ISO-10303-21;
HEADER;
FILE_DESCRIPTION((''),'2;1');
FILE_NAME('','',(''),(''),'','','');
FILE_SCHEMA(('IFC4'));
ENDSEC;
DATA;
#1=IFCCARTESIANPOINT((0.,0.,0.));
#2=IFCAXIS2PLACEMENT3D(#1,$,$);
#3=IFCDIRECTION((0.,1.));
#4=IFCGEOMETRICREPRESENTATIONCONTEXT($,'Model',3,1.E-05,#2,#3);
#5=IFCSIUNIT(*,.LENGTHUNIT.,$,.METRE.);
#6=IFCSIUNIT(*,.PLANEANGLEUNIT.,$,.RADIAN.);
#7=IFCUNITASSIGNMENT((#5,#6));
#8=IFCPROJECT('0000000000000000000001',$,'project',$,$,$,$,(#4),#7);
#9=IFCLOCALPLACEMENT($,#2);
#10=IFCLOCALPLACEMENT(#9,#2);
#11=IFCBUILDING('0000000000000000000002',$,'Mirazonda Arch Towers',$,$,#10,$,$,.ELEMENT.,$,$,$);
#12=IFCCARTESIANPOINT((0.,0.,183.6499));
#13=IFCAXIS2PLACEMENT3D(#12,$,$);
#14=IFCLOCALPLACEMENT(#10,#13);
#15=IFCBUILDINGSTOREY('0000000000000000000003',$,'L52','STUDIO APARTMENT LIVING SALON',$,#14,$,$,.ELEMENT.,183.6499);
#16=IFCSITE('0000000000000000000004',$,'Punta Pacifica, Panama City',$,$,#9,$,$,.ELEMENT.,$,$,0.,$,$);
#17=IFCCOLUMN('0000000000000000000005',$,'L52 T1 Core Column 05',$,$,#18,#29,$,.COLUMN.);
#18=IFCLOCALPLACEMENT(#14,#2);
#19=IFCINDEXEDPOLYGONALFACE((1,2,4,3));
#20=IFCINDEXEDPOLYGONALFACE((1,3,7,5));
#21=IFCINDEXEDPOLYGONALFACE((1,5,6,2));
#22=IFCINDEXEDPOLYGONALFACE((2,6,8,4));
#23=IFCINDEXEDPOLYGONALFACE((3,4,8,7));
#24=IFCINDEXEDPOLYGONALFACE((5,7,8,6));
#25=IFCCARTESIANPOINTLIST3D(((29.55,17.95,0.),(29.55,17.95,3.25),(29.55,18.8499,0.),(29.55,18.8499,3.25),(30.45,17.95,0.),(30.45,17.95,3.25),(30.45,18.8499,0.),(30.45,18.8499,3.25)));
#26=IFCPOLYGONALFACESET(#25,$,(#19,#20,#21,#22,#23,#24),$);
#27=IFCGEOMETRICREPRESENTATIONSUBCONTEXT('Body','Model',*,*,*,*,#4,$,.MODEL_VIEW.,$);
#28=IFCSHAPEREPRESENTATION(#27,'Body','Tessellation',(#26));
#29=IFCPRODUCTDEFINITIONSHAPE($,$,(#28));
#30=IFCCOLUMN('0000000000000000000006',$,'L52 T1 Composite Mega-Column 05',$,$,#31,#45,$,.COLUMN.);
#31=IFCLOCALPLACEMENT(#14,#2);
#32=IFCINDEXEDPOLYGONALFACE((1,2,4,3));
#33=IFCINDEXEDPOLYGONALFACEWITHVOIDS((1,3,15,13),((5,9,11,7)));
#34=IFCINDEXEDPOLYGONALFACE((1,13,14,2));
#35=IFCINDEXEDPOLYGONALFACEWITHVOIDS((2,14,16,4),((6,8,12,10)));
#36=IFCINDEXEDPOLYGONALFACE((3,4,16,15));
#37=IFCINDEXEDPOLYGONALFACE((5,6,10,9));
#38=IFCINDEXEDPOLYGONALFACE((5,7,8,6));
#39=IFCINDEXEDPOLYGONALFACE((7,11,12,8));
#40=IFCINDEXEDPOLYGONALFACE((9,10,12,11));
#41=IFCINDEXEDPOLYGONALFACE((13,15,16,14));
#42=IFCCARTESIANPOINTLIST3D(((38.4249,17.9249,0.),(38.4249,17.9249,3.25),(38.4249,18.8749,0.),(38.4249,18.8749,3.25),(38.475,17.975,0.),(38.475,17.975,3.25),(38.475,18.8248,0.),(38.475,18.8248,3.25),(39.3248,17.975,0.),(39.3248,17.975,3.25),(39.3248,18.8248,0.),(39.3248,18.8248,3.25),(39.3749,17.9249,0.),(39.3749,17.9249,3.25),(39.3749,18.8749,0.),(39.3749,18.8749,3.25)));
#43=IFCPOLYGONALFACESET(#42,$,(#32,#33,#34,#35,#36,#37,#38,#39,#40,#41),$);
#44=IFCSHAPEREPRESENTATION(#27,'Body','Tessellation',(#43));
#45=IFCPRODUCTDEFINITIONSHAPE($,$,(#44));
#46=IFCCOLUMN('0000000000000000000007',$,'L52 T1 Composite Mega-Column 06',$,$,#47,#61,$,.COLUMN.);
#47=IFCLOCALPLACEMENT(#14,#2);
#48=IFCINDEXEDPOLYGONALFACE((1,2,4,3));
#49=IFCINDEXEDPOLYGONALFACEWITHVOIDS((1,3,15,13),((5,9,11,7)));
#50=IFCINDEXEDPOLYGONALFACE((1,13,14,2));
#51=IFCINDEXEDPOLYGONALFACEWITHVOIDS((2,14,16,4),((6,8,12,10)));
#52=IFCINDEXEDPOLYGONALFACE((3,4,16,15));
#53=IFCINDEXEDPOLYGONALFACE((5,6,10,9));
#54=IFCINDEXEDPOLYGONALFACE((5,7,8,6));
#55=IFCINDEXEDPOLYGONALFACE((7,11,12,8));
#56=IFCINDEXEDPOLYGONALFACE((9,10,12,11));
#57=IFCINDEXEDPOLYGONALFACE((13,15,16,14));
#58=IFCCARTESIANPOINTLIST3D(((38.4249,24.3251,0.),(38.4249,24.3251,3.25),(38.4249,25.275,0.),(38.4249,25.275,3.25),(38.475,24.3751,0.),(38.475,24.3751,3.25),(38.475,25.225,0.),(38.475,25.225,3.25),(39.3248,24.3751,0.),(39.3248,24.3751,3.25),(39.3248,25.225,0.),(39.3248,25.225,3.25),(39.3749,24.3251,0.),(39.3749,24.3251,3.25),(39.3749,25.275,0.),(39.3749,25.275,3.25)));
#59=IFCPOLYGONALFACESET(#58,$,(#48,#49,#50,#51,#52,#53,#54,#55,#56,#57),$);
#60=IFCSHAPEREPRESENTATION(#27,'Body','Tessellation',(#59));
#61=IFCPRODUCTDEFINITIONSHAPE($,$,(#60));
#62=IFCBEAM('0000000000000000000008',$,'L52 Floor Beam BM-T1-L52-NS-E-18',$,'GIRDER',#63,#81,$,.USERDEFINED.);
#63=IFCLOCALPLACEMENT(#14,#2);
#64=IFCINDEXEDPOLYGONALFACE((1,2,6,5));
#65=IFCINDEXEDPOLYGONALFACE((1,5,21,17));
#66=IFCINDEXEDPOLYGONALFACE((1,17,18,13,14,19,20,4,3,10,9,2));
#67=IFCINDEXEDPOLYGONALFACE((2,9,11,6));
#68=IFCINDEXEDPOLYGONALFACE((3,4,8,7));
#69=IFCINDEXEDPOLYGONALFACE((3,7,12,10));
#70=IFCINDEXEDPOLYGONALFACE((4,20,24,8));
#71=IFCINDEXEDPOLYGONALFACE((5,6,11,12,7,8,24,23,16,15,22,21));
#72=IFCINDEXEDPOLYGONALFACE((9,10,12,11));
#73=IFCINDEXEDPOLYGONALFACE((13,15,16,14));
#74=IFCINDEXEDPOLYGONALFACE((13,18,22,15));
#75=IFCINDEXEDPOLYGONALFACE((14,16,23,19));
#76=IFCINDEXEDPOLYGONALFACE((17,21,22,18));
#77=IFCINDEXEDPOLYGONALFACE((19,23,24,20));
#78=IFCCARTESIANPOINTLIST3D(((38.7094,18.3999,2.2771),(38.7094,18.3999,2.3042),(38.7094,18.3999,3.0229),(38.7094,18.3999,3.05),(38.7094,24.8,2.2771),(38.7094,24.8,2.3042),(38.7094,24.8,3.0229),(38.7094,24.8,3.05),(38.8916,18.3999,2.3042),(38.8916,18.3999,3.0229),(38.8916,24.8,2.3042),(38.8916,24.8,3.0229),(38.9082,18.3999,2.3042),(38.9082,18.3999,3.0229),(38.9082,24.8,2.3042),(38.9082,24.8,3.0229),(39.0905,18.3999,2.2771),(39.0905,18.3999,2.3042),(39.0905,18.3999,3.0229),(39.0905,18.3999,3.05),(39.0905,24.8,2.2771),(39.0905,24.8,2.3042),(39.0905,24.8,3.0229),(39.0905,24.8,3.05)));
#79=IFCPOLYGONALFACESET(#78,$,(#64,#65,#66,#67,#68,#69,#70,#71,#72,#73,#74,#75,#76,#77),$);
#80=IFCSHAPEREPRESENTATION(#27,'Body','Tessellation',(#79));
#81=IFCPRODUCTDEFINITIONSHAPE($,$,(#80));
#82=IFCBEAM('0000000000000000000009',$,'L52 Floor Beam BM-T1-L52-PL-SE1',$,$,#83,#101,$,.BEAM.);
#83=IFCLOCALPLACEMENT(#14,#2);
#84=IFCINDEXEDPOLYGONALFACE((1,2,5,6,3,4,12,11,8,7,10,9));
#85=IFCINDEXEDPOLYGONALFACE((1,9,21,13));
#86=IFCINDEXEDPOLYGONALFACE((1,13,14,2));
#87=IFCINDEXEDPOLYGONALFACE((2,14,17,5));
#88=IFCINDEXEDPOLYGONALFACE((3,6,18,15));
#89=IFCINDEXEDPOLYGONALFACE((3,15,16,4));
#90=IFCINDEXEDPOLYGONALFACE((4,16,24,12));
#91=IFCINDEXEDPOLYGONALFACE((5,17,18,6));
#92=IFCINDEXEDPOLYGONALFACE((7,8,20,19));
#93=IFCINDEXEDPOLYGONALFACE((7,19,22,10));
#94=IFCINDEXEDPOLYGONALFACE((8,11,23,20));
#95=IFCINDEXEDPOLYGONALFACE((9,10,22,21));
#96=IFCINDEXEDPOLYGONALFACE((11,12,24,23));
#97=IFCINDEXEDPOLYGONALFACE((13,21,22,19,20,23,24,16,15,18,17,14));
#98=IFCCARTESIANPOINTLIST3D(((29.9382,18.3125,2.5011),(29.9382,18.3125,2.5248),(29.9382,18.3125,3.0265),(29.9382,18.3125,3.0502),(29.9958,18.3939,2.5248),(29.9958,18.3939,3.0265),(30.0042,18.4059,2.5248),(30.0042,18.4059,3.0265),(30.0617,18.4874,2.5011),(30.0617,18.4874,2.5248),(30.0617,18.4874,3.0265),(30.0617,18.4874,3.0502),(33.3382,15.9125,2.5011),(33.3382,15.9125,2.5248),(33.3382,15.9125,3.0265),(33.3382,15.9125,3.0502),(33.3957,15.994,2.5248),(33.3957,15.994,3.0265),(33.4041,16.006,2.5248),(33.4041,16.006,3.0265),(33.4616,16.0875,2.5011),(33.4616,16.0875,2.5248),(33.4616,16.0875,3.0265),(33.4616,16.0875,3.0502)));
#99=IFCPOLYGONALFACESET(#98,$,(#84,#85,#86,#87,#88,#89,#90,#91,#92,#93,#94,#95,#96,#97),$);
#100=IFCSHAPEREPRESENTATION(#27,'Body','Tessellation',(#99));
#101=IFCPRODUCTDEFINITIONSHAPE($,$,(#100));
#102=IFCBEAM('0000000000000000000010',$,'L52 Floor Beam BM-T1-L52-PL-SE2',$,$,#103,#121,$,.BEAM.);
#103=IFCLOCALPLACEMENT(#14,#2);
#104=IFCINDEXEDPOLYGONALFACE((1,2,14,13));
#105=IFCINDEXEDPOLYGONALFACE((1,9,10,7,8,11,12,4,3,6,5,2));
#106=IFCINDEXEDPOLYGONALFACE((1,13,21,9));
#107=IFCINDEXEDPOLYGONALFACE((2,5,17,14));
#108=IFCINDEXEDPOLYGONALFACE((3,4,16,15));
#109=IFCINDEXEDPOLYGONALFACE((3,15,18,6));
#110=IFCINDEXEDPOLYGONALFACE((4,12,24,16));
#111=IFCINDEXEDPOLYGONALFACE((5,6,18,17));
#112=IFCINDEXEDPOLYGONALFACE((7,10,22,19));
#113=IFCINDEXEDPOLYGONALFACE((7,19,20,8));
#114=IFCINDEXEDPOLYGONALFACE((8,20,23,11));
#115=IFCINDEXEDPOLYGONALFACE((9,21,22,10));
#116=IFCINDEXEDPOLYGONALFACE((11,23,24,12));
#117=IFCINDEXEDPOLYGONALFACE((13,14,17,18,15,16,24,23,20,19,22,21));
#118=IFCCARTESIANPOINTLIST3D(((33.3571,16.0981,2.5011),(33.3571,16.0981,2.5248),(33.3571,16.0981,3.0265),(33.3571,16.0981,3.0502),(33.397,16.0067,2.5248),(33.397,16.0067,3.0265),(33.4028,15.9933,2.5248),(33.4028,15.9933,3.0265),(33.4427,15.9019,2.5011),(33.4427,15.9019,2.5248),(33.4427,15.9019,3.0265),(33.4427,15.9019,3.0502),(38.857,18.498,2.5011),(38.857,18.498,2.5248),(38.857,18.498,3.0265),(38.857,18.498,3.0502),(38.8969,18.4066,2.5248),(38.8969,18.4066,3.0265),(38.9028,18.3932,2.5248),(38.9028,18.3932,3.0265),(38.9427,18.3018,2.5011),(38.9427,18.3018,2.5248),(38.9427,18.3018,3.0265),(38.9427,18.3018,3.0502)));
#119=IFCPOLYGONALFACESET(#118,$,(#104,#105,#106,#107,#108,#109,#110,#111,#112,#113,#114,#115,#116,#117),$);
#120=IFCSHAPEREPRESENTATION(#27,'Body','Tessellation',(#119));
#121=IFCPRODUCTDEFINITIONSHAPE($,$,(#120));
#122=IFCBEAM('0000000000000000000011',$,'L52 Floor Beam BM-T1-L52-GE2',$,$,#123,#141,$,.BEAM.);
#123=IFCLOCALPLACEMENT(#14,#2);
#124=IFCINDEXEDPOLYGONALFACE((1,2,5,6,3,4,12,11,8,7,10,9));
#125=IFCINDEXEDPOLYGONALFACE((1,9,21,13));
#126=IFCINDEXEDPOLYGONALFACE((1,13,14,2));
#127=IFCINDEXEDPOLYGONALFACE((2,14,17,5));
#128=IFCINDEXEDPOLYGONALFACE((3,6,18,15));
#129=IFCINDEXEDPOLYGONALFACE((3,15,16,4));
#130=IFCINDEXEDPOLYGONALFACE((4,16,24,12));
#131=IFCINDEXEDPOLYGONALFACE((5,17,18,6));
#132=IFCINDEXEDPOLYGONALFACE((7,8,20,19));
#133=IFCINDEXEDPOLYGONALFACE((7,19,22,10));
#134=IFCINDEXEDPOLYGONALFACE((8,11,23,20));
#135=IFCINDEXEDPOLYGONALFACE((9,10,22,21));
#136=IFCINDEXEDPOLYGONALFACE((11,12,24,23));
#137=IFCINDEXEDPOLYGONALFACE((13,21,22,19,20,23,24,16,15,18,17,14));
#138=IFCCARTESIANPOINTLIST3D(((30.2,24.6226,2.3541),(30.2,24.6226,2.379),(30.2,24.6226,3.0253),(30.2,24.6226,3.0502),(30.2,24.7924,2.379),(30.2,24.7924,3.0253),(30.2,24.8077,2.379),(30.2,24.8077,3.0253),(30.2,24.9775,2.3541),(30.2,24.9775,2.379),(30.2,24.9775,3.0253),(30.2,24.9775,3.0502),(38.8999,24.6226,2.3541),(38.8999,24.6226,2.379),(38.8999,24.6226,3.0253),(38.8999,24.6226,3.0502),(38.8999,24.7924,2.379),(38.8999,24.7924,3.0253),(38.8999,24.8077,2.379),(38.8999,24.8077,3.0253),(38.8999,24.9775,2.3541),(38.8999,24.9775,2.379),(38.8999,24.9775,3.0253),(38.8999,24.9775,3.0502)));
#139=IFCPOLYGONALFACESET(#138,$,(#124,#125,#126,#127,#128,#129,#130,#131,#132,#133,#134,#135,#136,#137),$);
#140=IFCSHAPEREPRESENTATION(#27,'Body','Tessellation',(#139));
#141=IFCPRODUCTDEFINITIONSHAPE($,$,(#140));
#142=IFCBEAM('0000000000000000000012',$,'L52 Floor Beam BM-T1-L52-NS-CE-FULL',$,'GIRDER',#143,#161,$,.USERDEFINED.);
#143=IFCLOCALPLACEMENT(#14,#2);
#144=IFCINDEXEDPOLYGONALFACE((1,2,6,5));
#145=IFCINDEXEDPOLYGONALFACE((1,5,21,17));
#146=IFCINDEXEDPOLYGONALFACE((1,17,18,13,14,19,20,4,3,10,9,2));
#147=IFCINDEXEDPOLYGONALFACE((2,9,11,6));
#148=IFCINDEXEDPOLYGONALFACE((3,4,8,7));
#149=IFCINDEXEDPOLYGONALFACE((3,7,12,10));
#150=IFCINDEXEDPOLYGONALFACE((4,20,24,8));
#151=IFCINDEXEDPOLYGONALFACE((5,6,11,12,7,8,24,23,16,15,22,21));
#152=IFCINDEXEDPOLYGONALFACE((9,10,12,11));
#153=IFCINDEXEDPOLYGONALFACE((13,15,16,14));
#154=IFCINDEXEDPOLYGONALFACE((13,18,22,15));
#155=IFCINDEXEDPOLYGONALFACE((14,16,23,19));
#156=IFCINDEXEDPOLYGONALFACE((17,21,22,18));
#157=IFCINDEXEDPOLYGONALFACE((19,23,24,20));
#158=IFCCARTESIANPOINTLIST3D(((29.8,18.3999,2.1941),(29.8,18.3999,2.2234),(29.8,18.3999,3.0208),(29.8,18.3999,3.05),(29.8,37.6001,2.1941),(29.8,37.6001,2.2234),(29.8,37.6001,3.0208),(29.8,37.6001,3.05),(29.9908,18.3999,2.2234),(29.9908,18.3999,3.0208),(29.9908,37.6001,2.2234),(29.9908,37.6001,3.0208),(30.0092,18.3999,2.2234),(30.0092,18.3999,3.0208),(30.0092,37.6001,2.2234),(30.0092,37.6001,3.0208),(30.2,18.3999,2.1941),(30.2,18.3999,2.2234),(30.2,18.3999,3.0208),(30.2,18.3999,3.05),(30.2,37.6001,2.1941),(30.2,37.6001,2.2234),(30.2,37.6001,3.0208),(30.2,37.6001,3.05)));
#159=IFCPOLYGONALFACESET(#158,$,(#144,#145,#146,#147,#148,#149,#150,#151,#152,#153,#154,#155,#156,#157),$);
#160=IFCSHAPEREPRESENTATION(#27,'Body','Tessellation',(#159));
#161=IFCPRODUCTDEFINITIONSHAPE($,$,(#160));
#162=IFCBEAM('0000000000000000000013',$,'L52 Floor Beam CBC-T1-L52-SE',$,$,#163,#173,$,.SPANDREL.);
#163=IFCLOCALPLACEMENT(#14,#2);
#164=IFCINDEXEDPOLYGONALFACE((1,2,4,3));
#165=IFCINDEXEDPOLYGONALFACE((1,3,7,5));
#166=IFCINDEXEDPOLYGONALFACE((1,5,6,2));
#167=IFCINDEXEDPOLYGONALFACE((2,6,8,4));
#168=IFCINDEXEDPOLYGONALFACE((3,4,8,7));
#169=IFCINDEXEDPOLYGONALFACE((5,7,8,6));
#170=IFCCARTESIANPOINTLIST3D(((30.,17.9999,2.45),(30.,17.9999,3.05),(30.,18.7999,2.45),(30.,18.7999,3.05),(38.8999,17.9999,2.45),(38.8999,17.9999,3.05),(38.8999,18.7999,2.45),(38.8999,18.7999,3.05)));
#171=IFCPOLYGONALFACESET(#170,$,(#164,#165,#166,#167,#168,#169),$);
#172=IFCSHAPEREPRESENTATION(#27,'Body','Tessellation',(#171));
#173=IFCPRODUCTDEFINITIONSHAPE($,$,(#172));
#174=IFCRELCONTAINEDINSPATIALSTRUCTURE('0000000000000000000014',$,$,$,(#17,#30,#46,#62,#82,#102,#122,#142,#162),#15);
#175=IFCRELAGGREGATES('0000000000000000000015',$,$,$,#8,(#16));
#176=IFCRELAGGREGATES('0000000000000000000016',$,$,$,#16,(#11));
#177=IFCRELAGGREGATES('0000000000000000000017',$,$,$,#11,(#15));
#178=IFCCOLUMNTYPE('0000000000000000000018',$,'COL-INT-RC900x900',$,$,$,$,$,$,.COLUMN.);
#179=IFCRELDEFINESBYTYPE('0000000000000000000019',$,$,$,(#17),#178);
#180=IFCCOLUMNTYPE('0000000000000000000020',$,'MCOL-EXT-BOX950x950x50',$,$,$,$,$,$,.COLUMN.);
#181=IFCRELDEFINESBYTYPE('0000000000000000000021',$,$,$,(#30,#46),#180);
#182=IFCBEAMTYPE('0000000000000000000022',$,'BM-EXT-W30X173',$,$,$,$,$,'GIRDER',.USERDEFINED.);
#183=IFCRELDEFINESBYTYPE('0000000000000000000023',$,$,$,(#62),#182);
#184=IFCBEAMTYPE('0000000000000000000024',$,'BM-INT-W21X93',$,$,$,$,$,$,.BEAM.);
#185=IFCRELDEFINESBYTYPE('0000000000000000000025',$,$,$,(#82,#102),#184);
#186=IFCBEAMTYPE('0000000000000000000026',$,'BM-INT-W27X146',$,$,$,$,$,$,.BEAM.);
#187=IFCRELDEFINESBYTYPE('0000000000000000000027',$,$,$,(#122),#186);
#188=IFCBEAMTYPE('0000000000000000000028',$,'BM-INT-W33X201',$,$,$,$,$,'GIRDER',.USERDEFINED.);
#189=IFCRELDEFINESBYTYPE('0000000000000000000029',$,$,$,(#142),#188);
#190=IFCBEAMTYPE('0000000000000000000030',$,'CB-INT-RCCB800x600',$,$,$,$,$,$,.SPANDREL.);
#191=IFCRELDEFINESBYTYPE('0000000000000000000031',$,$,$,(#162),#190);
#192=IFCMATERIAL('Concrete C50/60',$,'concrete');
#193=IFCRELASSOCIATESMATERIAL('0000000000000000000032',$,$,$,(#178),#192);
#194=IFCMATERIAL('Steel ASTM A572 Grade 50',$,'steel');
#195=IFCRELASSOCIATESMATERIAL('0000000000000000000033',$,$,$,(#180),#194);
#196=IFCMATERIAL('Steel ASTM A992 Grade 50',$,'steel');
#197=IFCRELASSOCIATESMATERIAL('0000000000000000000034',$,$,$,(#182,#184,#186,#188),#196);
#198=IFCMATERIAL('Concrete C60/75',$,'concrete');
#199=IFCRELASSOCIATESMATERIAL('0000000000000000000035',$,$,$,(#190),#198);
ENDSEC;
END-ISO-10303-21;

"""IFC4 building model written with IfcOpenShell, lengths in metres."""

from ifc_helpers import new_model, si_unit, direction, frame, origin, origin_2d, place, context, subcontext, project, spatial, rectangle, hollow_rectangle, i_section, extrude, material, material_profile, profile_set, type_object, element, save


model = new_model("IFC4")

# Units and contexts
model_context = context("Model", 3, precision=1e-05, world=origin(), true_north=direction((0.0, 1.0)))
body_context = subcontext(model_context, "Body", "Model", "MODEL_VIEW")
ifc_project = project(units=[si_unit("LENGTHUNIT", "METRE"), si_unit("PLANEANGLEUNIT", "RADIAN")], contexts=[model_context])

# Site, building, storey
site_placement = place(None, origin())
site = spatial("IfcSite", under=ifc_project, at=site_placement, Name="Punta Pacifica, Panama City", CompositionType="ELEMENT", RefElevation=0.0)
building_placement = place(site_placement, origin())
building = spatial("IfcBuilding", under=site, at=building_placement, Name="Mirazonda Arch Towers", CompositionType="ELEMENT")
storey_placement = place(building_placement, frame((0.0, 0.0, 183.6499)))
storey = spatial("IfcBuildingStorey", under=building, at=storey_placement, Name="L52", Description="STUDIO APARTMENT LIVING SALON", CompositionType="ELEMENT", Elevation=183.6499)

# Columns
ifc_material_1 = material(Name="Concrete C50/60", Category="concrete")
ifc_material_profile_1 = material_profile(ifc_material_1, rectangle(XDim=0.8999, YDim=0.8999, at=origin_2d()), Name="RC900x900")
ifc_profile_set_1 = profile_set([ifc_material_profile_1], Name="Concrete C50/60")
column_type_1 = type_object("IfcColumnType", Name="COL-INT-RC900x900", PredefinedType="COLUMN", material=ifc_profile_set_1)
column_placement = place(storey_placement, frame((30.0, 18.3999, 0.0), z_axis=(0.0, 0.0, 1.0), x_axis=(1.0, 0.0, 0.0)))
element("IfcColumn", 1, at=column_placement, inside=storey, type_object=column_type_1, Name="L52 T1 Core Column 05", PredefinedType="COLUMN", context=body_context, shape_type="SweptSolid", body=[
    extrude(rectangle(XDim=0.8999, YDim=0.8999, at=origin_2d()), origin(), (0.0, 0.0, 1.0), 3.25),
])
ifc_material_2 = material(Name="Steel ASTM A572 Grade 50", Category="steel")
ifc_material_profile_2 = material_profile(ifc_material_2, hollow_rectangle(XDim=0.95, YDim=0.95, WallThickness=0.05, at=origin_2d()), Name="BOX950x950x50")
ifc_profile_set_2 = profile_set([ifc_material_profile_2], Name="Steel ASTM A572 Grade 50")
column_type_2 = type_object("IfcColumnType", Name="MCOL-EXT-BOX950x950x50", PredefinedType="COLUMN", material=ifc_profile_set_2)
for number, where, z_axis, x_axis, name in (
    (2, (38.8999, 18.3999, 0.0), (0.0, 0.0, 1.0), (1.0, 0.0, 0.0), "L52 T1 Composite Mega-Column 05"),
    (3, (38.8999, 24.8, 0.0), (0.0, 0.0, 1.0), (1.0, 0.0, 0.0), "L52 T1 Composite Mega-Column 06"),
):
    element("IfcColumn", number, at=place(storey_placement, frame(where, z_axis=z_axis, x_axis=x_axis)), inside=storey, type_object=column_type_2, Name=name, PredefinedType="COLUMN", context=body_context, shape_type="SweptSolid", body=[
        extrude(hollow_rectangle(XDim=0.95, YDim=0.95, WallThickness=0.05, at=origin_2d()), origin(), (0.0, 0.0, 1.0), 3.25),
    ])

# Beams
ifc_material_3 = material(Name="Steel ASTM A992 Grade 50", Category="steel")
ifc_material_profile_3 = material_profile(ifc_material_3, i_section(OverallWidth=0.3811, OverallDepth=0.7729, WebThickness=0.0166, FlangeThickness=0.0271, at=origin_2d()), Name="W30X173")
ifc_profile_set_3 = profile_set([ifc_material_profile_3], Name="Steel ASTM A992 Grade 50")
beam_type_1 = type_object("IfcBeamType", Name="BM-EXT-W30X173", ElementType="GIRDER", PredefinedType="USERDEFINED", material=ifc_profile_set_3)
beam_1_placement = place(storey_placement, frame((38.8999, 18.3999, 2.6636), z_axis=(0.0, 1.0, 0.0), x_axis=(-1.0, 0.0, 0.0)))
element("IfcBeam", 4, at=beam_1_placement, inside=storey, type_object=beam_type_1, Name="L52 Floor Beam BM-T1-L52-NS-E-18", ObjectType="GIRDER", PredefinedType="USERDEFINED", context=body_context, shape_type="SweptSolid", body=[
    extrude(i_section(OverallWidth=0.3811, OverallDepth=0.7729, WebThickness=0.0166, FlangeThickness=0.0271, at=origin_2d()), origin(), (0.0, 0.0, 1.0), 6.4001),
])
ifc_material_profile_4 = material_profile(ifc_material_3, i_section(OverallWidth=0.2141, OverallDepth=0.5491, WebThickness=0.0146, FlangeThickness=0.0237, at=origin_2d()), Name="W21X93")
ifc_profile_set_4 = profile_set([ifc_material_profile_4], Name="Steel ASTM A992 Grade 50")
beam_type_2 = type_object("IfcBeamType", Name="BM-INT-W21X93", PredefinedType="BEAM", material=ifc_profile_set_4)
beam_2_placement = place(storey_placement, frame((33.3999, 16.0, 2.7756), z_axis=(-0.816971, 0.576679, 0.0), x_axis=(-0.576679, -0.816971, 0.0)))
element("IfcBeam", 5, at=beam_2_placement, inside=storey, type_object=beam_type_2, Name="L52 Floor Beam BM-T1-L52-PL-SE1", PredefinedType="BEAM", context=body_context, shape_type="SweptSolid", body=[
    extrude(i_section(OverallWidth=0.2141, OverallDepth=0.5491, WebThickness=0.0146, FlangeThickness=0.0237, at=origin_2d()), origin(), (0.0, 0.0, 1.0), 4.1616),
])
beam_3_placement = place(storey_placement, frame((33.3999, 16.0, 2.7756), z_axis=(0.916545, 0.399931, 0.0), x_axis=(-0.399931, 0.916545, 0.0)))
element("IfcBeam", 6, at=beam_3_placement, inside=storey, type_object=beam_type_2, Name="L52 Floor Beam BM-T1-L52-PL-SE2", PredefinedType="BEAM", context=body_context, shape_type="SweptSolid", body=[
    extrude(i_section(OverallWidth=0.2141, OverallDepth=0.5491, WebThickness=0.0146, FlangeThickness=0.0237, at=origin_2d()), origin(), (0.0, 0.0, 1.0), 6.0007),
])
ifc_material_profile_5 = material_profile(ifc_material_3, i_section(OverallWidth=0.355, OverallDepth=0.696, WebThickness=0.0154, FlangeThickness=0.0249, at=origin_2d()), Name="W27X146")
ifc_profile_set_5 = profile_set([ifc_material_profile_5], Name="Steel ASTM A992 Grade 50")
beam_type_3 = type_object("IfcBeamType", Name="BM-INT-W27X146", PredefinedType="BEAM", material=ifc_profile_set_5)
beam_4_placement = place(storey_placement, frame((30.2, 24.8, 2.7021), z_axis=(1.0, 0.0, 0.0), x_axis=(0.0, 1.0, 0.0)))
element("IfcBeam", 7, at=beam_4_placement, inside=storey, type_object=beam_type_3, Name="L52 Floor Beam BM-T1-L52-GE2", PredefinedType="BEAM", context=body_context, shape_type="SweptSolid", body=[
    extrude(i_section(OverallWidth=0.355, OverallDepth=0.696, WebThickness=0.0154, FlangeThickness=0.0249, at=origin_2d()), origin(), (0.0, 0.0, 1.0), 8.7),
])
ifc_material_profile_6 = material_profile(ifc_material_3, i_section(OverallWidth=0.3999, OverallDepth=0.856, WebThickness=0.0183, FlangeThickness=0.0293, at=origin_2d()), Name="W33X201")
ifc_profile_set_6 = profile_set([ifc_material_profile_6], Name="Steel ASTM A992 Grade 50")
beam_type_4 = type_object("IfcBeamType", Name="BM-INT-W33X201", ElementType="GIRDER", PredefinedType="USERDEFINED", material=ifc_profile_set_6)
beam_5_placement = place(storey_placement, frame((30.0, 18.3999, 2.6221), z_axis=(0.0, 1.0, 0.0), x_axis=(-1.0, 0.0, 0.0)))
element("IfcBeam", 8, at=beam_5_placement, inside=storey, type_object=beam_type_4, Name="L52 Floor Beam BM-T1-L52-NS-CE-FULL", ObjectType="GIRDER", PredefinedType="USERDEFINED", context=body_context, shape_type="SweptSolid", body=[
    extrude(i_section(OverallWidth=0.3999, OverallDepth=0.856, WebThickness=0.0183, FlangeThickness=0.0293, at=origin_2d()), origin(), (0.0, 0.0, 1.0), 19.2002),
])
ifc_material_4 = material(Name="Concrete C60/75", Category="concrete")
ifc_material_profile_7 = material_profile(ifc_material_4, rectangle(XDim=0.8, YDim=0.6001, at=origin_2d()), Name="RCCB800x600")
ifc_profile_set_7 = profile_set([ifc_material_profile_7], Name="Concrete C60/75")
beam_type_5 = type_object("IfcBeamType", Name="CB-INT-RCCB800x600", PredefinedType="SPANDREL", material=ifc_profile_set_7)
beam_6_placement = place(storey_placement, frame((30.0, 18.3999, 2.75), z_axis=(1.0, 0.0, 0.0), x_axis=(0.0, 1.0, 0.0)))
element("IfcBeam", 9, at=beam_6_placement, inside=storey, type_object=beam_type_5, Name="L52 Floor Beam CBC-T1-L52-SE", PredefinedType="SPANDREL", context=body_context, shape_type="SweptSolid", body=[
    extrude(rectangle(XDim=0.8, YDim=0.6001, at=origin_2d()), origin(), (0.0, 0.0, 1.0), 8.8999),
])

save(model, "model.ifc")
